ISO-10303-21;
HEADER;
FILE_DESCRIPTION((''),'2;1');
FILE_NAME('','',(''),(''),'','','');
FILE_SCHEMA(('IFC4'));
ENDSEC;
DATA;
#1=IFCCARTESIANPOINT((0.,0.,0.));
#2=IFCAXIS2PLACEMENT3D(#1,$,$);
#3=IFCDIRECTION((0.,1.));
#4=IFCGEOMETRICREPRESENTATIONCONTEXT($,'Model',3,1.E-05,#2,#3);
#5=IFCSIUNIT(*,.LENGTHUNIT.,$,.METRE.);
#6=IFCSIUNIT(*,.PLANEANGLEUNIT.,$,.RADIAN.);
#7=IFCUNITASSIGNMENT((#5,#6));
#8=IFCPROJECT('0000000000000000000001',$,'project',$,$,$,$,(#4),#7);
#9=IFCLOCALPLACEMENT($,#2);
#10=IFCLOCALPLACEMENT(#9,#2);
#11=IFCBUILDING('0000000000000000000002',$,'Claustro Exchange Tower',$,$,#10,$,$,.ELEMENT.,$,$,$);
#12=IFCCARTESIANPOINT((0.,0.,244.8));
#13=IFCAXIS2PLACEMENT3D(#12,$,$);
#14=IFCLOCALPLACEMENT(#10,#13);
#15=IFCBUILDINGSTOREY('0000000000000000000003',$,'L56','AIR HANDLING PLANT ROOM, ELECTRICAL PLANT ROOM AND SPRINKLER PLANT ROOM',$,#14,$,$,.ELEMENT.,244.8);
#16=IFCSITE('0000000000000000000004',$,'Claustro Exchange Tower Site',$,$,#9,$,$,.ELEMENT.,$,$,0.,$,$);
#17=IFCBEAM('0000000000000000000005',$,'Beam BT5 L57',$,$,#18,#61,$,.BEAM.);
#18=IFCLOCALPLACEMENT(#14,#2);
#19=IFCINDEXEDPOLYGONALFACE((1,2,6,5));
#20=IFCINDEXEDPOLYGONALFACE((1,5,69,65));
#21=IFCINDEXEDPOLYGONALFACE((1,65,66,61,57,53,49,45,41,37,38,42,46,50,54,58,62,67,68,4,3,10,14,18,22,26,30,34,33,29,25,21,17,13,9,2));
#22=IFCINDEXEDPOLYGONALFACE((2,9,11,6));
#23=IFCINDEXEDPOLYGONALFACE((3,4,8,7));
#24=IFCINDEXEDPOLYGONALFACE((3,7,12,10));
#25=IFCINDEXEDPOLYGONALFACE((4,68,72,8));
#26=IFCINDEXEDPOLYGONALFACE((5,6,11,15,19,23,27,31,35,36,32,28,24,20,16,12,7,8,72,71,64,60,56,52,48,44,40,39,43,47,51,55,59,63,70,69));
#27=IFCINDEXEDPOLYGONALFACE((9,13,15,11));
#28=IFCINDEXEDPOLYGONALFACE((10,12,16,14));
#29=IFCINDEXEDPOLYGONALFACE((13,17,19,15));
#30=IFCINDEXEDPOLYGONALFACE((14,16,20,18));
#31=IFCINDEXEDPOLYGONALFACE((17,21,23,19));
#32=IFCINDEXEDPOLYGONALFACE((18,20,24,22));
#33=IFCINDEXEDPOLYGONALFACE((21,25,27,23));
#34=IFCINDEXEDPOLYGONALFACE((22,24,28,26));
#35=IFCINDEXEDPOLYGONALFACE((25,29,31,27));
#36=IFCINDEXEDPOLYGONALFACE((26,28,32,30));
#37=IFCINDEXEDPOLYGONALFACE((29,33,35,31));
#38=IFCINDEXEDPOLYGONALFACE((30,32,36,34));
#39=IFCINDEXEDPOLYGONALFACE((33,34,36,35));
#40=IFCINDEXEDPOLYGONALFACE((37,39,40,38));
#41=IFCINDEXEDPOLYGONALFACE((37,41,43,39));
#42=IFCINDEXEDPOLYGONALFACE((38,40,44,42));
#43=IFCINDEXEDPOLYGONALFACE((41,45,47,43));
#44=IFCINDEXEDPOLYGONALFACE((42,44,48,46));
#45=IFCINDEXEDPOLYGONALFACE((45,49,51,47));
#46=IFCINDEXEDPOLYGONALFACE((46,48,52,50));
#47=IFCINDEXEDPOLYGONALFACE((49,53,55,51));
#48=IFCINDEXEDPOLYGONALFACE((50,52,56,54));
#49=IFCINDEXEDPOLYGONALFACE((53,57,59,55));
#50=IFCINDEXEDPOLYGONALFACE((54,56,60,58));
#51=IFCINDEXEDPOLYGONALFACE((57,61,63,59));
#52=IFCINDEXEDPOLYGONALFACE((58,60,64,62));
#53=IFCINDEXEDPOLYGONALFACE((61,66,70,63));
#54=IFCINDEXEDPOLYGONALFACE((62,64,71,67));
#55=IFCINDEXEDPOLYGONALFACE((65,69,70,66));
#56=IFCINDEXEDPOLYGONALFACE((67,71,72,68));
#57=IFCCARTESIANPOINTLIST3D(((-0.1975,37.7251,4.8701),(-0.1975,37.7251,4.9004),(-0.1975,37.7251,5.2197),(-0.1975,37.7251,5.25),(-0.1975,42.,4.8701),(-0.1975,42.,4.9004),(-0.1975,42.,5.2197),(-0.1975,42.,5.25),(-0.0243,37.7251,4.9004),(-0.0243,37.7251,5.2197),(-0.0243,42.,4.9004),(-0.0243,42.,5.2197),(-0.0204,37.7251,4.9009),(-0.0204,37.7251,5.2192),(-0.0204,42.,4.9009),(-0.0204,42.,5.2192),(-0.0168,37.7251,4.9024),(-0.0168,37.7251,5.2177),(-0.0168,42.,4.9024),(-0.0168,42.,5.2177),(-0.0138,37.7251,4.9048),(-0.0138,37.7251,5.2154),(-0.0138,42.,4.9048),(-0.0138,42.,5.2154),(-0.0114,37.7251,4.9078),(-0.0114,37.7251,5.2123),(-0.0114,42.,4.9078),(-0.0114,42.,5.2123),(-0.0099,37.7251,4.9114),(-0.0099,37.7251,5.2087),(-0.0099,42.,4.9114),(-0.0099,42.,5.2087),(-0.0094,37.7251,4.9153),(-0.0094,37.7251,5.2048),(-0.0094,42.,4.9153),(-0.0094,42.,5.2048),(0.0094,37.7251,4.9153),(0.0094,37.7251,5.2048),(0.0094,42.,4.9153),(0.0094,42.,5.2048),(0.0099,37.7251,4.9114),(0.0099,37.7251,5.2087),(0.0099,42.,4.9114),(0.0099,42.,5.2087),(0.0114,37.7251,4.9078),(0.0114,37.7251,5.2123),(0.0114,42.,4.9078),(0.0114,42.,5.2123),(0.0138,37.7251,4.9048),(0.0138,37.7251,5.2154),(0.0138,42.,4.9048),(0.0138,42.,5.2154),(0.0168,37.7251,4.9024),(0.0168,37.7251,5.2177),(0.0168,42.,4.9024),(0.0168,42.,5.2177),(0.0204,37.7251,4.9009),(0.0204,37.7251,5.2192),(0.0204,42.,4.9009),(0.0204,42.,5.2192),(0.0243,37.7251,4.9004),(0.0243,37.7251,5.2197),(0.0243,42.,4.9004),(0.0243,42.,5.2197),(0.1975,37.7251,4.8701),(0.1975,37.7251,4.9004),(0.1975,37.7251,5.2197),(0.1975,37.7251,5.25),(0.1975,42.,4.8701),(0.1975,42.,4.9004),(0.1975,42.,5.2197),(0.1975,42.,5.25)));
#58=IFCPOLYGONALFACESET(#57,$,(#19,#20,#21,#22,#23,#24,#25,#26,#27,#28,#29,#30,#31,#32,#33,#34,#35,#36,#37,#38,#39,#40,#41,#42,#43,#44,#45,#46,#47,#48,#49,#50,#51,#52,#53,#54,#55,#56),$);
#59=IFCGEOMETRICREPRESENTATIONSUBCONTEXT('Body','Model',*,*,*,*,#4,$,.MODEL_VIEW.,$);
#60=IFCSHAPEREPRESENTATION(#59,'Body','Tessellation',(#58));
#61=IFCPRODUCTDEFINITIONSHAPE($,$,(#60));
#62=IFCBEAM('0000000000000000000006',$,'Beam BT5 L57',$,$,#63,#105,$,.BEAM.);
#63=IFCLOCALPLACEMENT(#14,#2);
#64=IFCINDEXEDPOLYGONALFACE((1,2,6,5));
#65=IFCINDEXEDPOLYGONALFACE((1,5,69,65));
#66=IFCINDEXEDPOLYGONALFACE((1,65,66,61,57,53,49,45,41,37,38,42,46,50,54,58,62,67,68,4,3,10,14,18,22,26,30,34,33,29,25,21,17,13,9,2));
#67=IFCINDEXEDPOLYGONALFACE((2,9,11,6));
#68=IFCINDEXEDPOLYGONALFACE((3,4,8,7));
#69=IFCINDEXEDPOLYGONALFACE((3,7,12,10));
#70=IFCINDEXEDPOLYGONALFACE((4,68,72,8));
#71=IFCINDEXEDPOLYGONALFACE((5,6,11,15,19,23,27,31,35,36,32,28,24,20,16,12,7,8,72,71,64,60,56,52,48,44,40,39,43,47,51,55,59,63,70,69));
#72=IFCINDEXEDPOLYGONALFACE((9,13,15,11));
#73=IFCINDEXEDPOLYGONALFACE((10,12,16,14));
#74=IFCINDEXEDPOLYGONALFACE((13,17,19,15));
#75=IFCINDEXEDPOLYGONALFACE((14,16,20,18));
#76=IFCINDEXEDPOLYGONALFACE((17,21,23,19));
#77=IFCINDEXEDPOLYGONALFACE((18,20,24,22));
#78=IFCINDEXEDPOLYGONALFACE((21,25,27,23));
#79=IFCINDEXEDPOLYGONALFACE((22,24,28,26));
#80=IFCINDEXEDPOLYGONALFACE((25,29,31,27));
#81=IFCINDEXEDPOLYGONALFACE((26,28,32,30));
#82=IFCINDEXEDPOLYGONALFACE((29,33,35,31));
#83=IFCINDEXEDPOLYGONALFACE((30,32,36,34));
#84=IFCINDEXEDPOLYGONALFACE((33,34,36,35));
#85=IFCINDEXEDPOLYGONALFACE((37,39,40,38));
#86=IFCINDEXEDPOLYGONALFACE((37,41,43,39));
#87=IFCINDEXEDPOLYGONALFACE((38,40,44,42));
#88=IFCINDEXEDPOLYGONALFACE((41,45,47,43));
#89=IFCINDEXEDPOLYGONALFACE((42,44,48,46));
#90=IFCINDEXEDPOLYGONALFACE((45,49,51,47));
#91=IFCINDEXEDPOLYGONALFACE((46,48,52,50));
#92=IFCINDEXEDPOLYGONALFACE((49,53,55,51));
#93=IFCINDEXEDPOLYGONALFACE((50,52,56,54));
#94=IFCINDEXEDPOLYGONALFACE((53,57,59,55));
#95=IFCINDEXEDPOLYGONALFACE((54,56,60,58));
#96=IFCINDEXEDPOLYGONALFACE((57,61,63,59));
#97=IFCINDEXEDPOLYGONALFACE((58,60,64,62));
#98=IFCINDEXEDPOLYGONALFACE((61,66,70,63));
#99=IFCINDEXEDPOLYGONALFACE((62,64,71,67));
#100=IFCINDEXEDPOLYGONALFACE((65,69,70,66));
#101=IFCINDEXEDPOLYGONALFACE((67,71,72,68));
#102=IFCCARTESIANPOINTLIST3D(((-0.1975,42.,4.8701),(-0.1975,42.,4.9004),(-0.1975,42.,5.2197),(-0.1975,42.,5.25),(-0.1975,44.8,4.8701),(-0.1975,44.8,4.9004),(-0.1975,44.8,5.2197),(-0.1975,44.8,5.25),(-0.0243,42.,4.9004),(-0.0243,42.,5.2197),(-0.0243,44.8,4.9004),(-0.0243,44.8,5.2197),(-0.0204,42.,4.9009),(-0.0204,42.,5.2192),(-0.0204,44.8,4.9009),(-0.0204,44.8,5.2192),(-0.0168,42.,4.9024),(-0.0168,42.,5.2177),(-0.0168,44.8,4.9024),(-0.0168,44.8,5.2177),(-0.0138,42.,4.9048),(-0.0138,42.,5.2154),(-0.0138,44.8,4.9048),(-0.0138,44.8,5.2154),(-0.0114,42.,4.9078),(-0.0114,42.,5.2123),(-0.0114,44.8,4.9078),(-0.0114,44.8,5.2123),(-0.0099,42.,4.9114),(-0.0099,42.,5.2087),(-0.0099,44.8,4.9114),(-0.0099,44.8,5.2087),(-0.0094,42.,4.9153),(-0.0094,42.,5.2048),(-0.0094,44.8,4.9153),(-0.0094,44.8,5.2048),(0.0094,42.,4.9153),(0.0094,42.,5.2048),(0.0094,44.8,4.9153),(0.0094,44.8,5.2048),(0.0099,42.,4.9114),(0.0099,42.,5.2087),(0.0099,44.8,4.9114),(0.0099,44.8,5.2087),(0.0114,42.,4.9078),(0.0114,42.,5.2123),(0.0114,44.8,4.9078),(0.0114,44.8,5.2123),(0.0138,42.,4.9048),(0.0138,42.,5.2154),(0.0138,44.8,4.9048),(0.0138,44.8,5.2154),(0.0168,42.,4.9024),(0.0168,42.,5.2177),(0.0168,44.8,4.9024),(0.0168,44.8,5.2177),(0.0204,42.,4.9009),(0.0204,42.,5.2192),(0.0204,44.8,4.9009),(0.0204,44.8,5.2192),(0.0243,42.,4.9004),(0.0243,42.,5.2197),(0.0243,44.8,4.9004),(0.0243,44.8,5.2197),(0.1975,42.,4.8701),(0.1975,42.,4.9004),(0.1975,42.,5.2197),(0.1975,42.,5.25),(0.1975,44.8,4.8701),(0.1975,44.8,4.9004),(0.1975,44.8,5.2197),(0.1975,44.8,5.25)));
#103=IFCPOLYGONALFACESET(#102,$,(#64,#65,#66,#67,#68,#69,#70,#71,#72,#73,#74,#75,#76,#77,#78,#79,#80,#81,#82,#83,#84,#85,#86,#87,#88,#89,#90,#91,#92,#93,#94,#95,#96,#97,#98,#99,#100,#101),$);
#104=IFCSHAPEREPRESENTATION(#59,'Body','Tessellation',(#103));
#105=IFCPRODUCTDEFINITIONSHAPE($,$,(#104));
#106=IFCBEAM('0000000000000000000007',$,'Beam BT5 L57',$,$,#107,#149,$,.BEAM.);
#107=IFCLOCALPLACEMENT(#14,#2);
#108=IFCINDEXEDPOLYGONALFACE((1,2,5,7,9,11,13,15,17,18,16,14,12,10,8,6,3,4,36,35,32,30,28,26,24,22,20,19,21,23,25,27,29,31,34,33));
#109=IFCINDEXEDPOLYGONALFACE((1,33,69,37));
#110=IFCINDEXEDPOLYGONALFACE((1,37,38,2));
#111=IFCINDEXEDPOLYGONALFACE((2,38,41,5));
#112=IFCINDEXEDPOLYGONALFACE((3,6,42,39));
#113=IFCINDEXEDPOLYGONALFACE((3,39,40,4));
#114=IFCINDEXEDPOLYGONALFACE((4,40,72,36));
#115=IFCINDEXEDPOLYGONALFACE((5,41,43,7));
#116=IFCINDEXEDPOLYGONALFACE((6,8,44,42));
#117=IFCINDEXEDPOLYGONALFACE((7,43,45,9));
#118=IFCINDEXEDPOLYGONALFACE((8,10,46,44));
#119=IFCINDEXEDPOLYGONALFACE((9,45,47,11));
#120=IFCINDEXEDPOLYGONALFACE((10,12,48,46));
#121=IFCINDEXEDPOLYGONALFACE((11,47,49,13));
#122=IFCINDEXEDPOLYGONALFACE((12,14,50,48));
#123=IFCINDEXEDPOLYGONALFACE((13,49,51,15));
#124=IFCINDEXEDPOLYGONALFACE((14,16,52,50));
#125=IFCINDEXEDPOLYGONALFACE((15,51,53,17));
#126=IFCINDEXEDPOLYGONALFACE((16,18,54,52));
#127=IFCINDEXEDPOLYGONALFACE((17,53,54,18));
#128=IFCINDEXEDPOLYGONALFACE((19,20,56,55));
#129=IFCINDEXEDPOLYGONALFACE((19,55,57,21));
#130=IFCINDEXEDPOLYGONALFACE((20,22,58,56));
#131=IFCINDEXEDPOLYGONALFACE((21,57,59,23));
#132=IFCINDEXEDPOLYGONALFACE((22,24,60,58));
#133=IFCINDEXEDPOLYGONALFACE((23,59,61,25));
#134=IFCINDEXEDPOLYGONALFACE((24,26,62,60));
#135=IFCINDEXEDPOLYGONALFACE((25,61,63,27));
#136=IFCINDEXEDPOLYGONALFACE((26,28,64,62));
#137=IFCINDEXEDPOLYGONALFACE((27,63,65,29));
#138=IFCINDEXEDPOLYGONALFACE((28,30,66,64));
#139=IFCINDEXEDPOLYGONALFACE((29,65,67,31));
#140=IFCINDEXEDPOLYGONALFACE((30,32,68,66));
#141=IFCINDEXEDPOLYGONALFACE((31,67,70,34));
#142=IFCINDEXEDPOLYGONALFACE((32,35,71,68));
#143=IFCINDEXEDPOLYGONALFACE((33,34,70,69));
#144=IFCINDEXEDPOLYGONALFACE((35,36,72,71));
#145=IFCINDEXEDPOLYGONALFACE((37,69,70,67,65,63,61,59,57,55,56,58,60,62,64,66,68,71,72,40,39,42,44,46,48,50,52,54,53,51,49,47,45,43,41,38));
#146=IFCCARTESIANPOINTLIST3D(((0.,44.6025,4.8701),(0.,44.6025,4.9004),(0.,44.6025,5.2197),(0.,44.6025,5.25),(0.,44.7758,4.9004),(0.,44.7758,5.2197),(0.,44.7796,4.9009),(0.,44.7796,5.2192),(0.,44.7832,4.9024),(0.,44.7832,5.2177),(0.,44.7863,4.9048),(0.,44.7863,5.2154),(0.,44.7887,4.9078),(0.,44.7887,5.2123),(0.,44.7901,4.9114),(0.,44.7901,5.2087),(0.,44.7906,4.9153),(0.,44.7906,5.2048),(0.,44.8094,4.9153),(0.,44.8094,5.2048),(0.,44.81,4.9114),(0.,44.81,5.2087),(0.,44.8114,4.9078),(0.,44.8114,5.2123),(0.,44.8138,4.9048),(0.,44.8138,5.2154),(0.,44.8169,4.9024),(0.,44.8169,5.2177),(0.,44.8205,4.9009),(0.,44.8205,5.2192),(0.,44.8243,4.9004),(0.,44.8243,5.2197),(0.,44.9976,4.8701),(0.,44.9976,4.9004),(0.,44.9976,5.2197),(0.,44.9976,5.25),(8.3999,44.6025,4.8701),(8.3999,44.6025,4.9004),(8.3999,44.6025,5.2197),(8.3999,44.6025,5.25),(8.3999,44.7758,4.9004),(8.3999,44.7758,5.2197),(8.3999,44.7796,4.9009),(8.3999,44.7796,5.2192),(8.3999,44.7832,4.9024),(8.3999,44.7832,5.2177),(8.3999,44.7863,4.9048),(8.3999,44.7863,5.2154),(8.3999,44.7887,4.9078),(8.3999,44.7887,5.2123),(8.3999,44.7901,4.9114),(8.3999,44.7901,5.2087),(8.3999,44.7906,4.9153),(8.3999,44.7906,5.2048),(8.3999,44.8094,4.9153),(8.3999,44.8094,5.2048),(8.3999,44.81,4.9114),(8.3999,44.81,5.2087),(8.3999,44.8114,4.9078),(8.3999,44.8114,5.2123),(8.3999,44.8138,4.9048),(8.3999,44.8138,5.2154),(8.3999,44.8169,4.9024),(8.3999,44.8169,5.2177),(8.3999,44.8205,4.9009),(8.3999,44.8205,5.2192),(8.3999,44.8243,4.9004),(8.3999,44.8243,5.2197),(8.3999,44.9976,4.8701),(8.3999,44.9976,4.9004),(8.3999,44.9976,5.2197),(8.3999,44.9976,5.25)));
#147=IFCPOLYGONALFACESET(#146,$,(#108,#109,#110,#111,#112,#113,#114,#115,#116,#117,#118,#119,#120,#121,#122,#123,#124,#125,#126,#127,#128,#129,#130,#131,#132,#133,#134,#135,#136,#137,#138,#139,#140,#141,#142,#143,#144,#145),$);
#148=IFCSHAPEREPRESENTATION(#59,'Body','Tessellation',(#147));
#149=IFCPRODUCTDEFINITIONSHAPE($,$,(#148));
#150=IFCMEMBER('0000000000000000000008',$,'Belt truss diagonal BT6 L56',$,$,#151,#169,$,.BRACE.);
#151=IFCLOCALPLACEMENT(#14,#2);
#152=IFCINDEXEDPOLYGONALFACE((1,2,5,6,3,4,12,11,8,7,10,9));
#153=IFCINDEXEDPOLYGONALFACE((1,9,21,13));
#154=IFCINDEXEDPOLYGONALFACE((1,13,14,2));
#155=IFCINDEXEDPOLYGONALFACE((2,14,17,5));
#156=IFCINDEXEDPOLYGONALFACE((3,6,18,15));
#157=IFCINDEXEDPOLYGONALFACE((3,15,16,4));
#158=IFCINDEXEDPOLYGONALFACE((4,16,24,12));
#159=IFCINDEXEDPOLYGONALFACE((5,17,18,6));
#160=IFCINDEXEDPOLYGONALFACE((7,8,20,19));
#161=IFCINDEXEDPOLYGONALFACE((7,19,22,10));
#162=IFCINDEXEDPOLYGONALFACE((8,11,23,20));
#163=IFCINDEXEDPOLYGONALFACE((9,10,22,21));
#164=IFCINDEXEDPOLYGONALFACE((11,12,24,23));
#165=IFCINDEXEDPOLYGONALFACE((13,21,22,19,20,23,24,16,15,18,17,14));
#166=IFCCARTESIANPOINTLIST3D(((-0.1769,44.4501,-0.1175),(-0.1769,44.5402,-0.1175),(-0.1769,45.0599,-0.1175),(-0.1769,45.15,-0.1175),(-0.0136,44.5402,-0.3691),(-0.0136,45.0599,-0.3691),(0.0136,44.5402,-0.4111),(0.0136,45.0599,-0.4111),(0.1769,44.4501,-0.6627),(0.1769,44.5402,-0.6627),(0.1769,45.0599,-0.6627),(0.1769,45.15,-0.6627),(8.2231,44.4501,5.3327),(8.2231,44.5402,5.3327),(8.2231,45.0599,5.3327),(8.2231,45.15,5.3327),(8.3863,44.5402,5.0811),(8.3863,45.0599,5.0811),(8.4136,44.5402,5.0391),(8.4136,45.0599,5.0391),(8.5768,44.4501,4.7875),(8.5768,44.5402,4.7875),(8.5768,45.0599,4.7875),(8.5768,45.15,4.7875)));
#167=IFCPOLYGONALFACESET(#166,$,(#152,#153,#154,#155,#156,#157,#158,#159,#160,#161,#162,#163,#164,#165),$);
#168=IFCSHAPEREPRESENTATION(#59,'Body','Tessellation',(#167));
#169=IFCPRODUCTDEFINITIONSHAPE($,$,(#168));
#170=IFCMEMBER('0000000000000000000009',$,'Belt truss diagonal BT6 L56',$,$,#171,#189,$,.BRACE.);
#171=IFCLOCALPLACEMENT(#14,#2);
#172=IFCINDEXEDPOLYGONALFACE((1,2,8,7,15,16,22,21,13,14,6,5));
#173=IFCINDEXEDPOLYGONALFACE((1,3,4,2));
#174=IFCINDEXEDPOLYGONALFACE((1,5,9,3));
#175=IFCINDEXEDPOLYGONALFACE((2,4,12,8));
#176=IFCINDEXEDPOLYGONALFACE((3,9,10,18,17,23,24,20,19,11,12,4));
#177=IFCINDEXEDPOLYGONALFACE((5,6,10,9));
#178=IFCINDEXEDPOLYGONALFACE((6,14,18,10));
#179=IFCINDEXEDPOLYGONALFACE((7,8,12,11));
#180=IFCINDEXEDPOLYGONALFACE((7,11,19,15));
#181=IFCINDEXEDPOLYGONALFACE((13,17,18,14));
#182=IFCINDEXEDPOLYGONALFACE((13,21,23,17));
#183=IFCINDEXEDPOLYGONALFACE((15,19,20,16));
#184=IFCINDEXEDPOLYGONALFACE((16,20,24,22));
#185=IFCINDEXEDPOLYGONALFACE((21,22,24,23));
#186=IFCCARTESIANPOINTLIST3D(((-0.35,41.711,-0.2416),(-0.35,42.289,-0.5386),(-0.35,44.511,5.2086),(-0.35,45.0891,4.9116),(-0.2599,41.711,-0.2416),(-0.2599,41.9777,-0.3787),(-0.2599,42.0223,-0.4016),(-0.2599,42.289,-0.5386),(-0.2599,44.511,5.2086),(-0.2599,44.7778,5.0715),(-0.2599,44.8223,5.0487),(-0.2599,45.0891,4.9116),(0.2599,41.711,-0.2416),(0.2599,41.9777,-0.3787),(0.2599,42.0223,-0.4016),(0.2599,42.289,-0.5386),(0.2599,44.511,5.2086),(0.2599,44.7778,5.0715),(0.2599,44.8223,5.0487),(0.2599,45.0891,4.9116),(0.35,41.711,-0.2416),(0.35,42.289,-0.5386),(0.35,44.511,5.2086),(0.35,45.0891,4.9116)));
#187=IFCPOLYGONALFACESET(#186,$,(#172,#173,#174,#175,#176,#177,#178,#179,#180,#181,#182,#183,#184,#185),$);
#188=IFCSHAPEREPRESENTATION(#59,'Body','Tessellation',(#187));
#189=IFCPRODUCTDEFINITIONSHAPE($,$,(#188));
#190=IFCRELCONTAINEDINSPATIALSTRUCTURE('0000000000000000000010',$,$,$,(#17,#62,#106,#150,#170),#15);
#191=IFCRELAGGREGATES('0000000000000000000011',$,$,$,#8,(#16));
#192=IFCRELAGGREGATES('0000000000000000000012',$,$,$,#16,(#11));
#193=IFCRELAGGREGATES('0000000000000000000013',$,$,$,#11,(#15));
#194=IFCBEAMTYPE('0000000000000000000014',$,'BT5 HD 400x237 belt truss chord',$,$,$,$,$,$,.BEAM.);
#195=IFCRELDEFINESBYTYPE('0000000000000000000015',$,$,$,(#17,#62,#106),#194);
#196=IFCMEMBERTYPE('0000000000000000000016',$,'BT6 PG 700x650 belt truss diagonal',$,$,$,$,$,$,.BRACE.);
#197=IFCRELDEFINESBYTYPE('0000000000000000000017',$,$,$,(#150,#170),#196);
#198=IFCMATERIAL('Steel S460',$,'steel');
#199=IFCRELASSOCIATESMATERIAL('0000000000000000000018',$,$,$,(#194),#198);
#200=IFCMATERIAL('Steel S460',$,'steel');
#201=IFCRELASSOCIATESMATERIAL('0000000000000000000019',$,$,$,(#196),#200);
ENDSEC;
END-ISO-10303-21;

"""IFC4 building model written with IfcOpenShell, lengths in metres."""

from ifc_helpers import new_model, si_unit, direction, frame, origin, origin_2d, place, context, subcontext, project, spatial, i_section, extrude, material, material_profile, profile_set, type_object, element, save


model = new_model("IFC4")

# Units and contexts
model_context = context("Model", 3, precision=1e-05, world=origin(), true_north=direction((0.0, 1.0)))
body_context = subcontext(model_context, "Body", "Model", "MODEL_VIEW")
ifc_project = project(units=[si_unit("LENGTHUNIT", "METRE"), si_unit("PLANEANGLEUNIT", "RADIAN")], contexts=[model_context])

# Site, building, storey
site_placement = place(None, origin())
site = spatial("IfcSite", under=ifc_project, at=site_placement, Name="Claustro Exchange Tower Site", CompositionType="ELEMENT", RefElevation=0.0)
building_placement = place(site_placement, origin())
building = spatial("IfcBuilding", under=site, at=building_placement, Name="Claustro Exchange Tower", CompositionType="ELEMENT")
storey_placement = place(building_placement, frame((0.0, 0.0, 244.8)))
storey = spatial("IfcBuildingStorey", under=building, at=storey_placement, Name="L56", Description="AIR HANDLING PLANT ROOM, ELECTRICAL PLANT ROOM AND SPRINKLER PLANT ROOM", CompositionType="ELEMENT", Elevation=244.8)

# Beams
ifc_material_1 = material(Name="Steel S460", Category="steel")
ifc_material_profile_1 = material_profile(ifc_material_1, i_section(OverallWidth=0.395, OverallDepth=0.3799, WebThickness=0.0188, FlangeThickness=0.0303, FilletRadius=0.0149, at=origin_2d()), Name="HD 400x237")
ifc_profile_set_1 = profile_set([ifc_material_profile_1], Name="Steel S460")
beam_type_1 = type_object("IfcBeamType", Name="BT5 HD 400x237 belt truss chord", PredefinedType="BEAM", material=ifc_profile_set_1)
beam_1_placement = place(storey_placement, frame((0.0, 37.7251, 5.0601), z_axis=(0.0, 1.0, 0.0), x_axis=(-1.0, 0.0, 0.0)))
element("IfcBeam", 1, at=beam_1_placement, inside=storey, type_object=beam_type_1, Name="Beam BT5 L57", PredefinedType="BEAM", context=body_context, shape_type="SweptSolid", body=[
    extrude(i_section(OverallWidth=0.395, OverallDepth=0.3799, WebThickness=0.0188, FlangeThickness=0.0303, FilletRadius=0.0149, at=origin_2d()), origin(), (0.0, 0.0, 1.0), 4.2749),
])
beam_2_placement = place(storey_placement, frame((0.0, 42.0, 5.0601), z_axis=(0.0, 1.0, 0.0), x_axis=(-1.0, 0.0, 0.0)))
element("IfcBeam", 2, at=beam_2_placement, inside=storey, type_object=beam_type_1, Name="Beam BT5 L57", PredefinedType="BEAM", context=body_context, shape_type="SweptSolid", body=[
    extrude(i_section(OverallWidth=0.395, OverallDepth=0.3799, WebThickness=0.0188, FlangeThickness=0.0303, FilletRadius=0.0149, at=origin_2d()), origin(), (0.0, 0.0, 1.0), 2.8),
])
beam_3_placement = place(storey_placement, frame((0.0, 44.8, 5.0601), z_axis=(1.0, 0.0, 0.0), x_axis=(0.0, 1.0, 0.0)))
element("IfcBeam", 3, at=beam_3_placement, inside=storey, type_object=beam_type_1, Name="Beam BT5 L57", PredefinedType="BEAM", context=body_context, shape_type="SweptSolid", body=[
    extrude(i_section(OverallWidth=0.395, OverallDepth=0.3799, WebThickness=0.0188, FlangeThickness=0.0303, FilletRadius=0.0149, at=origin_2d()), origin(), (0.0, 0.0, 1.0), 8.3999),
])

# Members
ifc_material_2 = material(Name="Steel S460", Category="steel")
ifc_material_profile_2 = material_profile(ifc_material_2, i_section(OverallWidth=0.6499, OverallDepth=0.7, WebThickness=0.05, FlangeThickness=0.0901, at=origin_2d()), Name="PG 700x650")
ifc_profile_set_2 = profile_set([ifc_material_profile_2], Name="Steel S460")
member_type = type_object("IfcMemberType", Name="BT6 PG 700x650 belt truss diagonal", PredefinedType="BRACE", material=ifc_profile_set_2)
member_1_placement = place(storey_placement, frame((0.0, 44.8, -0.3901), z_axis=(0.838888, 0.0, 0.544304), x_axis=(-0.544304, 0.0, 0.838888)))
element("IfcMember", 4, at=member_1_placement, inside=storey, type_object=member_type, Name="Belt truss diagonal BT6 L56", PredefinedType="BRACE", context=body_context, shape_type="SweptSolid", body=[
    extrude(i_section(OverallWidth=0.6499, OverallDepth=0.7, WebThickness=0.05, FlangeThickness=0.0901, at=origin_2d()), origin(), (0.0, 0.0, 1.0), 10.0132),
])
member_2_placement = place(storey_placement, frame((0.0, 42.0, -0.3901), z_axis=(0.0, 0.456973, 0.889481), x_axis=(0.0, -0.889481, 0.456973)))
element("IfcMember", 5, at=member_2_placement, inside=storey, type_object=member_type, Name="Belt truss diagonal BT6 L56", PredefinedType="BRACE", context=body_context, shape_type="SweptSolid", body=[
    extrude(i_section(OverallWidth=0.6499, OverallDepth=0.7, WebThickness=0.05, FlangeThickness=0.0901, at=origin_2d()), origin(), (0.0, 0.0, 1.0), 6.1274),
])

save(model, "model.ifc")
